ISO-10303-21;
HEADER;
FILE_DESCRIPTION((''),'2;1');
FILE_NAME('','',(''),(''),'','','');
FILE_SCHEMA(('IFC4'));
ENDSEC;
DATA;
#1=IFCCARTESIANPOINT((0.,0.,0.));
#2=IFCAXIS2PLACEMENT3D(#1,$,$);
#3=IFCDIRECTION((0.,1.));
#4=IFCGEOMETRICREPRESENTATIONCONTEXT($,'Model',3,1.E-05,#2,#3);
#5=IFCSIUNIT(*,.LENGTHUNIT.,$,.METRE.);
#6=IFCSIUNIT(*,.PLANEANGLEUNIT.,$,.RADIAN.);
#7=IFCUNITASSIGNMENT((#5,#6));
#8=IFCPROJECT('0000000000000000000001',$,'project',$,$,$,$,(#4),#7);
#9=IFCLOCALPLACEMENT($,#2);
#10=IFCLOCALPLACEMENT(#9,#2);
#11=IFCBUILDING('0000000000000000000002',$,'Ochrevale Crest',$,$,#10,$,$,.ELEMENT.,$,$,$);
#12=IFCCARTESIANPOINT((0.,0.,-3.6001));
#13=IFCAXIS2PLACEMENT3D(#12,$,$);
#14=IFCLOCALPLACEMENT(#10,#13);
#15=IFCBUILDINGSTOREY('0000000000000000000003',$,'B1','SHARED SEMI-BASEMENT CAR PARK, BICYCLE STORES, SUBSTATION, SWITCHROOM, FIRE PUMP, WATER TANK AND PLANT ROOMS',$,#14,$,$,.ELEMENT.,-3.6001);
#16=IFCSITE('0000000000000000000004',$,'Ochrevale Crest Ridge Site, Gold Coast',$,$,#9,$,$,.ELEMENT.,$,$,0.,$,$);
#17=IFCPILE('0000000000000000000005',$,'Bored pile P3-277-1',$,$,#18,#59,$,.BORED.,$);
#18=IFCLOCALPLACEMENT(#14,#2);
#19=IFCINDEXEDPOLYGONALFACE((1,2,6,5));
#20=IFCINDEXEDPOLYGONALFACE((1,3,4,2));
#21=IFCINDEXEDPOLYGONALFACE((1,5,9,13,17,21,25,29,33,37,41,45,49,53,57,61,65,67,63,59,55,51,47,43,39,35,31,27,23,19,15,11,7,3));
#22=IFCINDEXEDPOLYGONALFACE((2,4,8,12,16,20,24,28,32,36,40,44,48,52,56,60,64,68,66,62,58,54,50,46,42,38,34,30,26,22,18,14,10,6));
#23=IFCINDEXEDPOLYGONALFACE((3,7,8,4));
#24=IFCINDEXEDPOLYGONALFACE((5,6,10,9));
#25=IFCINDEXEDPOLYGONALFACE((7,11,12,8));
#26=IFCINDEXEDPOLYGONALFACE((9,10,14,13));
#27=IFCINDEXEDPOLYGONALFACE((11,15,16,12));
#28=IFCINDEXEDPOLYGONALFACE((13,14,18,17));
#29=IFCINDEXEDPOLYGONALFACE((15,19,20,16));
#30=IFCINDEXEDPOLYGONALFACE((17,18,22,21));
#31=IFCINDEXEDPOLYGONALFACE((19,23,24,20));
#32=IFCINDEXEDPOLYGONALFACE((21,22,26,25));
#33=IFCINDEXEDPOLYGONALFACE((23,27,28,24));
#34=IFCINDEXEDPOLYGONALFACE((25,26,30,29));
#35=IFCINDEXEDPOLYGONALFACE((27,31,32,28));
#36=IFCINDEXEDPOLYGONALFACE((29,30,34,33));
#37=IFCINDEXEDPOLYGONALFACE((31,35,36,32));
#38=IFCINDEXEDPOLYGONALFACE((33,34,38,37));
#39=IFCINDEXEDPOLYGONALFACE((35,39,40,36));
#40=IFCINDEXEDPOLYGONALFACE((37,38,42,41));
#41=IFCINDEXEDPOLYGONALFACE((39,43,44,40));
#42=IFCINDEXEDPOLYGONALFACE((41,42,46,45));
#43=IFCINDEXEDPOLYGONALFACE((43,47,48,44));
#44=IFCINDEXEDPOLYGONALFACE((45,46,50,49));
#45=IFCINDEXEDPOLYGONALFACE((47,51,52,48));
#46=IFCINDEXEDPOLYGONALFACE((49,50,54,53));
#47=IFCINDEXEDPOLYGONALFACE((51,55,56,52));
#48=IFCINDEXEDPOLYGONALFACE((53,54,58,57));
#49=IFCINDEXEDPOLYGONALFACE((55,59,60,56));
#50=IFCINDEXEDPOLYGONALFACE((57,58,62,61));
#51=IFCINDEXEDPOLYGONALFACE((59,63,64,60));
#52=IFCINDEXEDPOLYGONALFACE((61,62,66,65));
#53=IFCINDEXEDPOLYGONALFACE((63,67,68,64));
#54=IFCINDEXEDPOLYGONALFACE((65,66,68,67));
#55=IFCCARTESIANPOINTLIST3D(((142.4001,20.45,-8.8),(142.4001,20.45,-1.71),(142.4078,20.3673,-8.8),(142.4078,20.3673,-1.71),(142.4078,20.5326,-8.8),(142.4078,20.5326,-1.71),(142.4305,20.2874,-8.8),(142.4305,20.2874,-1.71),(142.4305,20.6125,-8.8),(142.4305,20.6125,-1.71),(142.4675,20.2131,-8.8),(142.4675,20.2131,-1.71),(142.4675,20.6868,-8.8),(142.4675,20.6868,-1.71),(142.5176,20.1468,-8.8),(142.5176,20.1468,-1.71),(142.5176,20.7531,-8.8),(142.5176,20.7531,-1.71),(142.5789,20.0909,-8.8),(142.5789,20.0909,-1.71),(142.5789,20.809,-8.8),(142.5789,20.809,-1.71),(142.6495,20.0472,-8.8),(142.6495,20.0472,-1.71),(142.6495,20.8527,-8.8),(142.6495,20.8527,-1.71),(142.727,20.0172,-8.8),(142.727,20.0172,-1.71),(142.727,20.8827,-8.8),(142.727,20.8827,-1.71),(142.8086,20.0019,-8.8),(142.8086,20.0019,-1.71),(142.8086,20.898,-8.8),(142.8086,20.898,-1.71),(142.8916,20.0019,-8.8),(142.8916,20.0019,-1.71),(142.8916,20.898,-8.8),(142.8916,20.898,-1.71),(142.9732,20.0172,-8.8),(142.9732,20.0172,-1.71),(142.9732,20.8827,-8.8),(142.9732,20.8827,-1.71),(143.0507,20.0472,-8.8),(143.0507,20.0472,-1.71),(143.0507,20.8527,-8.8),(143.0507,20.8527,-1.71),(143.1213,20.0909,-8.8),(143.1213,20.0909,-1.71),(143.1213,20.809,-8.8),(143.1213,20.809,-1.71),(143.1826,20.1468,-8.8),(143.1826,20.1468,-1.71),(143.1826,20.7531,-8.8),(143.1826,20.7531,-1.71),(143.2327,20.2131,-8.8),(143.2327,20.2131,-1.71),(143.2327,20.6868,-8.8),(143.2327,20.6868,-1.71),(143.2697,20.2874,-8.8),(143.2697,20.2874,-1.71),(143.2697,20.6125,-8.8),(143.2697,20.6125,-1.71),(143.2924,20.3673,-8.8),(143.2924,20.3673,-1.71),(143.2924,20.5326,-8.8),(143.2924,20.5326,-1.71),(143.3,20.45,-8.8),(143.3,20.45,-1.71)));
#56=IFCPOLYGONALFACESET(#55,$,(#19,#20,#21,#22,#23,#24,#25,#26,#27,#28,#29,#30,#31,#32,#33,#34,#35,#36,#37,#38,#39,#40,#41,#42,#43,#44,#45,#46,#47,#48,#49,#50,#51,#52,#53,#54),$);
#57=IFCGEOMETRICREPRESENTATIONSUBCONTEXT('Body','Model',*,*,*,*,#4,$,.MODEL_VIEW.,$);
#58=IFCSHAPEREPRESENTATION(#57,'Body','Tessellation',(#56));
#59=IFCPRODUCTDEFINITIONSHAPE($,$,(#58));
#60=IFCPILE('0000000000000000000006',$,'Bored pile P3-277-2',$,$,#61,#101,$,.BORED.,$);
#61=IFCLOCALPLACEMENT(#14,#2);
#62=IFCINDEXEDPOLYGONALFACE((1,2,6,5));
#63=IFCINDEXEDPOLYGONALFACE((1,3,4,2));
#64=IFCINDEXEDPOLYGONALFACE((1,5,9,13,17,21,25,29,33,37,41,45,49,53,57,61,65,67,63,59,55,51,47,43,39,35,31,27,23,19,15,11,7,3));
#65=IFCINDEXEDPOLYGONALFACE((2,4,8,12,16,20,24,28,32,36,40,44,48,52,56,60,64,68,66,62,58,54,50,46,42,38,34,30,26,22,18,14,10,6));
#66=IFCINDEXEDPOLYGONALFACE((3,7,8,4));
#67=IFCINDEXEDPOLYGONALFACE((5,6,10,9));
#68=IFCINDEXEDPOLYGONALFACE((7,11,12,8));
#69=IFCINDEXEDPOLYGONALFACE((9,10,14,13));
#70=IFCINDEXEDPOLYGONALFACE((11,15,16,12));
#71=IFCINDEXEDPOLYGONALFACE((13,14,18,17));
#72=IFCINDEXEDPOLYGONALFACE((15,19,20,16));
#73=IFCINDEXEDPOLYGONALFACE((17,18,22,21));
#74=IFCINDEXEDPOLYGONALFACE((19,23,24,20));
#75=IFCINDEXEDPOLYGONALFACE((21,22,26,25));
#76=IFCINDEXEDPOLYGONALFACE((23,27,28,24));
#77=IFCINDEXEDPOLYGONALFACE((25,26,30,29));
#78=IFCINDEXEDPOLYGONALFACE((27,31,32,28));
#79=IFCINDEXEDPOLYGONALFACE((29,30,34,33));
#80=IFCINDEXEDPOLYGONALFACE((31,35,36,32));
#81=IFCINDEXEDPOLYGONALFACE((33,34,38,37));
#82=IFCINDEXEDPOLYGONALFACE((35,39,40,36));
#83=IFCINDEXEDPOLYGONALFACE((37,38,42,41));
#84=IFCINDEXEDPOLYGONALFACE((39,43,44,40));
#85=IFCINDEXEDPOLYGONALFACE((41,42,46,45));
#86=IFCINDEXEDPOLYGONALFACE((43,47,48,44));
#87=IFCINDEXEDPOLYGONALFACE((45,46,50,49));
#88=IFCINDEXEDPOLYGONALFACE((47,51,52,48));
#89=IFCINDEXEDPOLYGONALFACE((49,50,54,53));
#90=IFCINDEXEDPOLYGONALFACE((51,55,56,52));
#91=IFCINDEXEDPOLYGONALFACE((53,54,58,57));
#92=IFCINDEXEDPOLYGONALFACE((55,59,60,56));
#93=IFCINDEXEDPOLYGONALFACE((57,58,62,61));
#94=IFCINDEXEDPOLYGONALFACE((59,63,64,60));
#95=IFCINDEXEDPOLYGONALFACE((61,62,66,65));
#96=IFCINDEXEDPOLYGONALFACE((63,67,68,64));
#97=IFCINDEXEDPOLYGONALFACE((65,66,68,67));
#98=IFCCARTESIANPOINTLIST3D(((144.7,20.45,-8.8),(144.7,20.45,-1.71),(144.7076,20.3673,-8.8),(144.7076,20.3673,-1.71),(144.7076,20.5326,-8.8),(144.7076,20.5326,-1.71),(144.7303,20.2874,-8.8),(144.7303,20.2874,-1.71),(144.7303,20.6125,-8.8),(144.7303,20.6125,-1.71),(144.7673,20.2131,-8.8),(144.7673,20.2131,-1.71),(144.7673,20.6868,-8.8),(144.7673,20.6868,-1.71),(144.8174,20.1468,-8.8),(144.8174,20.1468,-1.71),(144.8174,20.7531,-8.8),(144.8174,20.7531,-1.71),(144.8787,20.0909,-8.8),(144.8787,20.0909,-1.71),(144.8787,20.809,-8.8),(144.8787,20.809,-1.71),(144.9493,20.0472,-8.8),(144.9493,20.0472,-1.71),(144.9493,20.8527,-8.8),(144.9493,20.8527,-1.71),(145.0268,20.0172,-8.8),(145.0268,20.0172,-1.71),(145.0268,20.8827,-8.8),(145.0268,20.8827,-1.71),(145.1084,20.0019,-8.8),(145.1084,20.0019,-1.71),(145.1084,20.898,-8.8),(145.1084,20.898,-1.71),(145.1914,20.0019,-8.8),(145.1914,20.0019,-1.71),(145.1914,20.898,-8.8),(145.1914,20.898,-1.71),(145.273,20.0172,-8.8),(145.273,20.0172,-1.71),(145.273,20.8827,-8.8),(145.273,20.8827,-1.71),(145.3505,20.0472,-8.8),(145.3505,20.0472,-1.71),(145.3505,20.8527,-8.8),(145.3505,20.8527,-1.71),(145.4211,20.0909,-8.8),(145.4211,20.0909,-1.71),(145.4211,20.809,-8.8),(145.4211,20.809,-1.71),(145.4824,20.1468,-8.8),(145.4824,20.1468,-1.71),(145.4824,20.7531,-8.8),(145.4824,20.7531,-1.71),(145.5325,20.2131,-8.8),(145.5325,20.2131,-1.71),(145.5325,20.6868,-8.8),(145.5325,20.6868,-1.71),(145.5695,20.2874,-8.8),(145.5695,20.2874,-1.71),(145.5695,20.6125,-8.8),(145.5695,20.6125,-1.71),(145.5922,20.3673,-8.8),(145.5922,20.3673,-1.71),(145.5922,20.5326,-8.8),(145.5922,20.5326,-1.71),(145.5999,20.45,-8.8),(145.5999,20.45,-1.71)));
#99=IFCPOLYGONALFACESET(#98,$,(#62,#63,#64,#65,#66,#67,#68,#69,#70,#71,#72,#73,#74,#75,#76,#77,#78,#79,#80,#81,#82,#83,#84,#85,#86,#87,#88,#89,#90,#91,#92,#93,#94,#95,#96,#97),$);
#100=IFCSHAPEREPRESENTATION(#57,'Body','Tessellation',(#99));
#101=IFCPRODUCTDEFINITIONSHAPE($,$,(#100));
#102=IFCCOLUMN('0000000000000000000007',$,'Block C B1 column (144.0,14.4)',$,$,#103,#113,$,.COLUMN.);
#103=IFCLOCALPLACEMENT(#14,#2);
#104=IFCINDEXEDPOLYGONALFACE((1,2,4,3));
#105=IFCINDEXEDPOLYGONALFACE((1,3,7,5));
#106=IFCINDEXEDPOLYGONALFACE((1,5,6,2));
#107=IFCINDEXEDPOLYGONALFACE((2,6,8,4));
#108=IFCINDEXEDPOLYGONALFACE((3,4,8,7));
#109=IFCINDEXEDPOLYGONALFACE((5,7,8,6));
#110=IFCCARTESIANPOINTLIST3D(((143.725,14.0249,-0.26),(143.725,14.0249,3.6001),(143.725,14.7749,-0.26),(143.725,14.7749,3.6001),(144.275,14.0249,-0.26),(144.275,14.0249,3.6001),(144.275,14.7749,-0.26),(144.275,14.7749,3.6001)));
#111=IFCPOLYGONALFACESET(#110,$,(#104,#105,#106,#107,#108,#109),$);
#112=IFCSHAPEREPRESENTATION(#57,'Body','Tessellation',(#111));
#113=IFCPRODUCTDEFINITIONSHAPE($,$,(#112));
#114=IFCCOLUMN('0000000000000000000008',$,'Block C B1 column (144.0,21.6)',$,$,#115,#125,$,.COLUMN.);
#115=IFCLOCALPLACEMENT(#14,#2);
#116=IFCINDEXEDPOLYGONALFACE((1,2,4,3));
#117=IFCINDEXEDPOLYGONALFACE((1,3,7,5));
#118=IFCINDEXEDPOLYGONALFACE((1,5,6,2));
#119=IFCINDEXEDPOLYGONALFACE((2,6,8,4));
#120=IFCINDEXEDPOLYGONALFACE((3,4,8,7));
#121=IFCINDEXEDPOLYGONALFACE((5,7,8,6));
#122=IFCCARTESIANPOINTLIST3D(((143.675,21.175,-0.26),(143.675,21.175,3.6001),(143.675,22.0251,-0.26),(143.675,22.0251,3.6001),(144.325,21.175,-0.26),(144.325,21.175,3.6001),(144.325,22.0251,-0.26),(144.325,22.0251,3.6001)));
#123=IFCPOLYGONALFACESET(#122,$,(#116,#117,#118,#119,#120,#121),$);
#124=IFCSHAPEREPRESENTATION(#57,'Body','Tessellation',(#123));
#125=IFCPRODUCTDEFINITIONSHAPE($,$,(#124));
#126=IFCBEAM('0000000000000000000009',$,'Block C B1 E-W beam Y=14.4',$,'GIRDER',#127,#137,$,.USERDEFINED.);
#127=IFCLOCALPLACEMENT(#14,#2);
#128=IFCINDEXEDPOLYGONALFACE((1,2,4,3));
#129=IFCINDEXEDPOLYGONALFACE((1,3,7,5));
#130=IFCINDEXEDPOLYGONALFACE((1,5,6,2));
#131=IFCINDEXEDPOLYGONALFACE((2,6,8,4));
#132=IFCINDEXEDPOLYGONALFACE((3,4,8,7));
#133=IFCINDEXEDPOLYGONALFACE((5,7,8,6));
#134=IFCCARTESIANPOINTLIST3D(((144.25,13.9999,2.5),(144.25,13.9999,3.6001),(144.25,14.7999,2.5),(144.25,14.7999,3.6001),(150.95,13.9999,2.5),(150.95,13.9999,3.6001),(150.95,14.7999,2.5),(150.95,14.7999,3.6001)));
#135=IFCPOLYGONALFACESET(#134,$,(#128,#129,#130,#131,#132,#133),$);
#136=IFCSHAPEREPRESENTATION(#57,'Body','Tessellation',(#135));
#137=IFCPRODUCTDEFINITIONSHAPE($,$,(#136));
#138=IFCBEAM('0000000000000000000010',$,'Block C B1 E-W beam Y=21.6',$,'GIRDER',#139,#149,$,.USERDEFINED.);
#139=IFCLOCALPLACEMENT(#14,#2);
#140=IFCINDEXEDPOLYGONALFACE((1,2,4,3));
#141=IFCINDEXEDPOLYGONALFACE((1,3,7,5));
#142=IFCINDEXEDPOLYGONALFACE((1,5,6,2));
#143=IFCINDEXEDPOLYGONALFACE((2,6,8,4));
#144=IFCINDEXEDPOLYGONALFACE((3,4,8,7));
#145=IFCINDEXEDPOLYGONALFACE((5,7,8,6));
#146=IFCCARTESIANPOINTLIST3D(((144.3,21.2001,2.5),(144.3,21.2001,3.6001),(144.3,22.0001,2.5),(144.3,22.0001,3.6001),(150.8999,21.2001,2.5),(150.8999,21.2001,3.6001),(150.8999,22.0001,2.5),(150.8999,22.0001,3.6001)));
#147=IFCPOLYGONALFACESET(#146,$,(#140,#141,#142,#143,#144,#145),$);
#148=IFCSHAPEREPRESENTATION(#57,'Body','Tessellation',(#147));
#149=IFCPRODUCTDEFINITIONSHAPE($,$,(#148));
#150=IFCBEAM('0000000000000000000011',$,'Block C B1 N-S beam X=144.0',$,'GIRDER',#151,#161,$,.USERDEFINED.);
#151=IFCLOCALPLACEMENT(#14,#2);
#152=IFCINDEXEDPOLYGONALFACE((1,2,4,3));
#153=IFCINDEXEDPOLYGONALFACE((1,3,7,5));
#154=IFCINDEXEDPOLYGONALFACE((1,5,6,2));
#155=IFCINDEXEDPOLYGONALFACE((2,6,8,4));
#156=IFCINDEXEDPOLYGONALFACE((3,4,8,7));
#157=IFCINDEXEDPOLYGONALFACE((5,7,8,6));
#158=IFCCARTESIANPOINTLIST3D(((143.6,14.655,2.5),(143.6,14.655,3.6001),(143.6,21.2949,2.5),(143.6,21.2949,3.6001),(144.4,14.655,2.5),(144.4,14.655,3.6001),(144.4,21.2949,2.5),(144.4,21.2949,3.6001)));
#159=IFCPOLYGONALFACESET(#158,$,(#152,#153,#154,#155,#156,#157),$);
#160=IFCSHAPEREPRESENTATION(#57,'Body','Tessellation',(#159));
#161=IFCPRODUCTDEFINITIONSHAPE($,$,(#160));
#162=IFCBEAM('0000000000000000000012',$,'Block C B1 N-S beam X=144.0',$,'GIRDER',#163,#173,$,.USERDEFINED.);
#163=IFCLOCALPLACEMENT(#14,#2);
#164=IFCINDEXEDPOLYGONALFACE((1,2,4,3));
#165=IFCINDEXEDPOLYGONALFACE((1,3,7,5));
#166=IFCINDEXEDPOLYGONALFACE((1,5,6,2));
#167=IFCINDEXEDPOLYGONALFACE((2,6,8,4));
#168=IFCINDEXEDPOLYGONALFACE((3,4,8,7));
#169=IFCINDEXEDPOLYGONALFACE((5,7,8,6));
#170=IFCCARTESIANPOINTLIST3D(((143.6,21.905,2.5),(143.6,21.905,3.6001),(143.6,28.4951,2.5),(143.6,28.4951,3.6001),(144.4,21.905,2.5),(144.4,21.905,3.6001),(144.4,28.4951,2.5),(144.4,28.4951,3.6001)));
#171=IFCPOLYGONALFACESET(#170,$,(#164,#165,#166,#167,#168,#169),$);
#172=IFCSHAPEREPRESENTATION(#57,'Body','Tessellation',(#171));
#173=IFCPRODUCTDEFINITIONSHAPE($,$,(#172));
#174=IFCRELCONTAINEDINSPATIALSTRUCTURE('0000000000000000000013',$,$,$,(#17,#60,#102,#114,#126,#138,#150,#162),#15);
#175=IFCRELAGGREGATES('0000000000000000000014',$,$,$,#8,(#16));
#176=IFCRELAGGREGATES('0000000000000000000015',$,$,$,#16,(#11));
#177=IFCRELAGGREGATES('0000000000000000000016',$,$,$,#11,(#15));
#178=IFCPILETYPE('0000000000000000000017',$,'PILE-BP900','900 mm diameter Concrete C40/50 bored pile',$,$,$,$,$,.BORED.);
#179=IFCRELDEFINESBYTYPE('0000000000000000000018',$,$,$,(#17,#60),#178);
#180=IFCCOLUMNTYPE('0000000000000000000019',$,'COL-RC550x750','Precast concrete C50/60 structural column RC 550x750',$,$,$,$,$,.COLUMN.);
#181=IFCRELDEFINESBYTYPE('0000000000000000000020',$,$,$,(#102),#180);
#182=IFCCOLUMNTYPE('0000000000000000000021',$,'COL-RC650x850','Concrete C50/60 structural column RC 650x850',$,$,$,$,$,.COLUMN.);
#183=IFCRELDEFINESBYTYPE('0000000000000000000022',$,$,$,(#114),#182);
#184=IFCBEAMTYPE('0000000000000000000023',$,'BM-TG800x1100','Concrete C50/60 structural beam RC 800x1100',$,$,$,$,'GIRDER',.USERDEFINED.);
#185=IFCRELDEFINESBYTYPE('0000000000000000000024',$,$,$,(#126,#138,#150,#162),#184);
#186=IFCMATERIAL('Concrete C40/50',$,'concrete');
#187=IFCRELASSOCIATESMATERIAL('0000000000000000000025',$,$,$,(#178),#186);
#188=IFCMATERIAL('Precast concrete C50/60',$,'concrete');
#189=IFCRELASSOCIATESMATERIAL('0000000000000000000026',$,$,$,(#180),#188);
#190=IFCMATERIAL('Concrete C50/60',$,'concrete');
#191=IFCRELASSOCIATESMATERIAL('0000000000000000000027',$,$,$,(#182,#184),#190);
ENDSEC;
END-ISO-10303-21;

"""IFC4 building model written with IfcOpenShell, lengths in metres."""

from ifc_helpers import new_model, si_unit, direction, frame, origin, origin_2d, place, context, subcontext, project, spatial, rectangle, circle, extrude, material, material_profile, profile_set, type_object, element, save


model = new_model("IFC4")

# Units and contexts
model_context = context("Model", 3, precision=1e-05, world=origin(), true_north=direction((0.0, 1.0)))
body_context = subcontext(model_context, "Body", "Model", "MODEL_VIEW")
ifc_project = project(units=[si_unit("LENGTHUNIT", "METRE"), si_unit("PLANEANGLEUNIT", "RADIAN")], contexts=[model_context])

# Site, building, storey
site_placement = place(None, origin())
site = spatial("IfcSite", under=ifc_project, at=site_placement, Name="Ochrevale Crest Ridge Site, Gold Coast", CompositionType="ELEMENT", RefElevation=0.0)
building_placement = place(site_placement, origin())
building = spatial("IfcBuilding", under=site, at=building_placement, Name="Ochrevale Crest", CompositionType="ELEMENT")
storey_placement = place(building_placement, frame((0.0, 0.0, -3.6001)))
storey = spatial("IfcBuildingStorey", under=building, at=storey_placement, Name="B1", Description="SHARED SEMI-BASEMENT CAR PARK, BICYCLE STORES, SUBSTATION, SWITCHROOM, FIRE PUMP, WATER TANK AND PLANT ROOMS", CompositionType="ELEMENT", Elevation=-3.6001)

# Shared definitions
ifc_material_1 = material(Name="Concrete C40/50", Category="concrete")

# Piles
ifc_material_profile_1 = material_profile(ifc_material_1, circle(Radius=0.45, at=origin_2d()), Name="BORED PILE 900")
ifc_profile_set_1 = profile_set([ifc_material_profile_1], Name="Concrete C40/50")
pile_type_1 = type_object("IfcPileType", Name="PILE-BP900", Description="900 mm diameter Concrete C40/50 bored pile", PredefinedType="BORED", material=ifc_profile_set_1)
for number, where, z_axis, x_axis, name in (
    (1, (142.8501, 20.45, -1.71), (0.0, 0.0, -1.0), (1.0, 0.0, 0.0), "Bored pile P3-277-1"),
    (2, (145.1499, 20.45, -1.71), (0.0, 0.0, -1.0), (1.0, 0.0, 0.0), "Bored pile P3-277-2"),
):
    element("IfcPile", number, at=place(storey_placement, frame(where, z_axis=z_axis, x_axis=x_axis)), inside=storey, type_object=pile_type_1, Name=name, PredefinedType="BORED", context=body_context, shape_type="SweptSolid", body=[
        extrude(circle(Radius=0.45, at=origin_2d()), origin(), (0.0, 0.0, 1.0), 7.0901),
    ])

# Columns
ifc_material_2 = material(Name="Precast concrete C50/60", Category="concrete")
ifc_material_profile_2 = material_profile(ifc_material_2, rectangle(XDim=0.55, YDim=0.75, at=origin_2d()), Name="RC 550x750")
ifc_profile_set_2 = profile_set([ifc_material_profile_2], Name="Precast concrete C50/60")
column_type_1 = type_object("IfcColumnType", Name="COL-RC550x750", Description="Precast concrete C50/60 structural column RC 550x750", PredefinedType="COLUMN", material=ifc_profile_set_2)
column_1_placement = place(storey_placement, frame((144.0, 14.3999, -0.26), z_axis=(0.0, 0.0, 1.0), x_axis=(1.0, 0.0, 0.0)))
element("IfcColumn", 3, at=column_1_placement, inside=storey, type_object=column_type_1, Name="Block C B1 column (144.0,14.4)", PredefinedType="COLUMN", context=body_context, shape_type="SweptSolid", body=[
    extrude(rectangle(XDim=0.55, YDim=0.75, at=origin_2d()), origin(), (0.0, 0.0, 1.0), 3.8601),
])
ifc_material_3 = material(Name="Concrete C50/60", Category="concrete")
ifc_material_profile_3 = material_profile(ifc_material_3, rectangle(XDim=0.6499, YDim=0.8501, at=origin_2d()), Name="RC 650x850")
ifc_profile_set_3 = profile_set([ifc_material_profile_3], Name="Concrete C50/60")
column_type_2 = type_object("IfcColumnType", Name="COL-RC650x850", Description="Concrete C50/60 structural column RC 650x850", PredefinedType="COLUMN", material=ifc_profile_set_3)
column_2_placement = place(storey_placement, frame((144.0, 21.6001, -0.26), z_axis=(0.0, 0.0, 1.0), x_axis=(1.0, 0.0, 0.0)))
element("IfcColumn", 4, at=column_2_placement, inside=storey, type_object=column_type_2, Name="Block C B1 column (144.0,21.6)", PredefinedType="COLUMN", context=body_context, shape_type="SweptSolid", body=[
    extrude(rectangle(XDim=0.6499, YDim=0.8501, at=origin_2d()), origin(), (0.0, 0.0, 1.0), 3.8601),
])

# Beams
ifc_material_profile_4 = material_profile(ifc_material_3, rectangle(XDim=0.8, YDim=1.1001, at=origin_2d()), Name="RC 800x1100")
ifc_profile_set_4 = profile_set([ifc_material_profile_4], Name="Concrete C50/60")
beam_type_1 = type_object("IfcBeamType", Name="BM-TG800x1100", Description="Concrete C50/60 structural beam RC 800x1100", ElementType="GIRDER", PredefinedType="USERDEFINED", material=ifc_profile_set_4)
beam_1_placement = place(storey_placement, frame((144.25, 14.3999, 3.05), z_axis=(1.0, 0.0, 0.0), x_axis=(0.0, 1.0, 0.0)))
element("IfcBeam", 5, at=beam_1_placement, inside=storey, type_object=beam_type_1, Name="Block C B1 E-W beam Y=14.4", ObjectType="GIRDER", PredefinedType="USERDEFINED", context=body_context, shape_type="SweptSolid", body=[
    extrude(rectangle(XDim=0.8, YDim=1.1001, at=origin_2d()), origin(), (0.0, 0.0, 1.0), 6.7),
])
beam_2_placement = place(storey_placement, frame((144.3, 21.6001, 3.05), z_axis=(1.0, 0.0, 0.0), x_axis=(0.0, 1.0, 0.0)))
element("IfcBeam", 6, at=beam_2_placement, inside=storey, type_object=beam_type_1, Name="Block C B1 E-W beam Y=21.6", ObjectType="GIRDER", PredefinedType="USERDEFINED", context=body_context, shape_type="SweptSolid", body=[
    extrude(rectangle(XDim=0.8, YDim=1.1001, at=origin_2d()), origin(), (0.0, 0.0, 1.0), 6.5999),
])
beam_3_placement = place(storey_placement, frame((144.0, 14.655, 3.05), z_axis=(0.0, 1.0, 0.0), x_axis=(-1.0, 0.0, 0.0)))
element("IfcBeam", 7, at=beam_3_placement, inside=storey, type_object=beam_type_1, Name="Block C B1 N-S beam X=144.0", ObjectType="GIRDER", PredefinedType="USERDEFINED", context=body_context, shape_type="SweptSolid", body=[
    extrude(rectangle(XDim=0.8, YDim=1.1001, at=origin_2d()), origin(), (0.0, 0.0, 1.0), 6.6399),
])
beam_4_placement = place(storey_placement, frame((144.0, 21.905, 3.05), z_axis=(0.0, 1.0, 0.0), x_axis=(-1.0, 0.0, 0.0)))
element("IfcBeam", 8, at=beam_4_placement, inside=storey, type_object=beam_type_1, Name="Block C B1 N-S beam X=144.0", ObjectType="GIRDER", PredefinedType="USERDEFINED", context=body_context, shape_type="SweptSolid", body=[
    extrude(rectangle(XDim=0.8, YDim=1.1001, at=origin_2d()), origin(), (0.0, 0.0, 1.0), 6.5901),
])

save(model, "model.ifc")
